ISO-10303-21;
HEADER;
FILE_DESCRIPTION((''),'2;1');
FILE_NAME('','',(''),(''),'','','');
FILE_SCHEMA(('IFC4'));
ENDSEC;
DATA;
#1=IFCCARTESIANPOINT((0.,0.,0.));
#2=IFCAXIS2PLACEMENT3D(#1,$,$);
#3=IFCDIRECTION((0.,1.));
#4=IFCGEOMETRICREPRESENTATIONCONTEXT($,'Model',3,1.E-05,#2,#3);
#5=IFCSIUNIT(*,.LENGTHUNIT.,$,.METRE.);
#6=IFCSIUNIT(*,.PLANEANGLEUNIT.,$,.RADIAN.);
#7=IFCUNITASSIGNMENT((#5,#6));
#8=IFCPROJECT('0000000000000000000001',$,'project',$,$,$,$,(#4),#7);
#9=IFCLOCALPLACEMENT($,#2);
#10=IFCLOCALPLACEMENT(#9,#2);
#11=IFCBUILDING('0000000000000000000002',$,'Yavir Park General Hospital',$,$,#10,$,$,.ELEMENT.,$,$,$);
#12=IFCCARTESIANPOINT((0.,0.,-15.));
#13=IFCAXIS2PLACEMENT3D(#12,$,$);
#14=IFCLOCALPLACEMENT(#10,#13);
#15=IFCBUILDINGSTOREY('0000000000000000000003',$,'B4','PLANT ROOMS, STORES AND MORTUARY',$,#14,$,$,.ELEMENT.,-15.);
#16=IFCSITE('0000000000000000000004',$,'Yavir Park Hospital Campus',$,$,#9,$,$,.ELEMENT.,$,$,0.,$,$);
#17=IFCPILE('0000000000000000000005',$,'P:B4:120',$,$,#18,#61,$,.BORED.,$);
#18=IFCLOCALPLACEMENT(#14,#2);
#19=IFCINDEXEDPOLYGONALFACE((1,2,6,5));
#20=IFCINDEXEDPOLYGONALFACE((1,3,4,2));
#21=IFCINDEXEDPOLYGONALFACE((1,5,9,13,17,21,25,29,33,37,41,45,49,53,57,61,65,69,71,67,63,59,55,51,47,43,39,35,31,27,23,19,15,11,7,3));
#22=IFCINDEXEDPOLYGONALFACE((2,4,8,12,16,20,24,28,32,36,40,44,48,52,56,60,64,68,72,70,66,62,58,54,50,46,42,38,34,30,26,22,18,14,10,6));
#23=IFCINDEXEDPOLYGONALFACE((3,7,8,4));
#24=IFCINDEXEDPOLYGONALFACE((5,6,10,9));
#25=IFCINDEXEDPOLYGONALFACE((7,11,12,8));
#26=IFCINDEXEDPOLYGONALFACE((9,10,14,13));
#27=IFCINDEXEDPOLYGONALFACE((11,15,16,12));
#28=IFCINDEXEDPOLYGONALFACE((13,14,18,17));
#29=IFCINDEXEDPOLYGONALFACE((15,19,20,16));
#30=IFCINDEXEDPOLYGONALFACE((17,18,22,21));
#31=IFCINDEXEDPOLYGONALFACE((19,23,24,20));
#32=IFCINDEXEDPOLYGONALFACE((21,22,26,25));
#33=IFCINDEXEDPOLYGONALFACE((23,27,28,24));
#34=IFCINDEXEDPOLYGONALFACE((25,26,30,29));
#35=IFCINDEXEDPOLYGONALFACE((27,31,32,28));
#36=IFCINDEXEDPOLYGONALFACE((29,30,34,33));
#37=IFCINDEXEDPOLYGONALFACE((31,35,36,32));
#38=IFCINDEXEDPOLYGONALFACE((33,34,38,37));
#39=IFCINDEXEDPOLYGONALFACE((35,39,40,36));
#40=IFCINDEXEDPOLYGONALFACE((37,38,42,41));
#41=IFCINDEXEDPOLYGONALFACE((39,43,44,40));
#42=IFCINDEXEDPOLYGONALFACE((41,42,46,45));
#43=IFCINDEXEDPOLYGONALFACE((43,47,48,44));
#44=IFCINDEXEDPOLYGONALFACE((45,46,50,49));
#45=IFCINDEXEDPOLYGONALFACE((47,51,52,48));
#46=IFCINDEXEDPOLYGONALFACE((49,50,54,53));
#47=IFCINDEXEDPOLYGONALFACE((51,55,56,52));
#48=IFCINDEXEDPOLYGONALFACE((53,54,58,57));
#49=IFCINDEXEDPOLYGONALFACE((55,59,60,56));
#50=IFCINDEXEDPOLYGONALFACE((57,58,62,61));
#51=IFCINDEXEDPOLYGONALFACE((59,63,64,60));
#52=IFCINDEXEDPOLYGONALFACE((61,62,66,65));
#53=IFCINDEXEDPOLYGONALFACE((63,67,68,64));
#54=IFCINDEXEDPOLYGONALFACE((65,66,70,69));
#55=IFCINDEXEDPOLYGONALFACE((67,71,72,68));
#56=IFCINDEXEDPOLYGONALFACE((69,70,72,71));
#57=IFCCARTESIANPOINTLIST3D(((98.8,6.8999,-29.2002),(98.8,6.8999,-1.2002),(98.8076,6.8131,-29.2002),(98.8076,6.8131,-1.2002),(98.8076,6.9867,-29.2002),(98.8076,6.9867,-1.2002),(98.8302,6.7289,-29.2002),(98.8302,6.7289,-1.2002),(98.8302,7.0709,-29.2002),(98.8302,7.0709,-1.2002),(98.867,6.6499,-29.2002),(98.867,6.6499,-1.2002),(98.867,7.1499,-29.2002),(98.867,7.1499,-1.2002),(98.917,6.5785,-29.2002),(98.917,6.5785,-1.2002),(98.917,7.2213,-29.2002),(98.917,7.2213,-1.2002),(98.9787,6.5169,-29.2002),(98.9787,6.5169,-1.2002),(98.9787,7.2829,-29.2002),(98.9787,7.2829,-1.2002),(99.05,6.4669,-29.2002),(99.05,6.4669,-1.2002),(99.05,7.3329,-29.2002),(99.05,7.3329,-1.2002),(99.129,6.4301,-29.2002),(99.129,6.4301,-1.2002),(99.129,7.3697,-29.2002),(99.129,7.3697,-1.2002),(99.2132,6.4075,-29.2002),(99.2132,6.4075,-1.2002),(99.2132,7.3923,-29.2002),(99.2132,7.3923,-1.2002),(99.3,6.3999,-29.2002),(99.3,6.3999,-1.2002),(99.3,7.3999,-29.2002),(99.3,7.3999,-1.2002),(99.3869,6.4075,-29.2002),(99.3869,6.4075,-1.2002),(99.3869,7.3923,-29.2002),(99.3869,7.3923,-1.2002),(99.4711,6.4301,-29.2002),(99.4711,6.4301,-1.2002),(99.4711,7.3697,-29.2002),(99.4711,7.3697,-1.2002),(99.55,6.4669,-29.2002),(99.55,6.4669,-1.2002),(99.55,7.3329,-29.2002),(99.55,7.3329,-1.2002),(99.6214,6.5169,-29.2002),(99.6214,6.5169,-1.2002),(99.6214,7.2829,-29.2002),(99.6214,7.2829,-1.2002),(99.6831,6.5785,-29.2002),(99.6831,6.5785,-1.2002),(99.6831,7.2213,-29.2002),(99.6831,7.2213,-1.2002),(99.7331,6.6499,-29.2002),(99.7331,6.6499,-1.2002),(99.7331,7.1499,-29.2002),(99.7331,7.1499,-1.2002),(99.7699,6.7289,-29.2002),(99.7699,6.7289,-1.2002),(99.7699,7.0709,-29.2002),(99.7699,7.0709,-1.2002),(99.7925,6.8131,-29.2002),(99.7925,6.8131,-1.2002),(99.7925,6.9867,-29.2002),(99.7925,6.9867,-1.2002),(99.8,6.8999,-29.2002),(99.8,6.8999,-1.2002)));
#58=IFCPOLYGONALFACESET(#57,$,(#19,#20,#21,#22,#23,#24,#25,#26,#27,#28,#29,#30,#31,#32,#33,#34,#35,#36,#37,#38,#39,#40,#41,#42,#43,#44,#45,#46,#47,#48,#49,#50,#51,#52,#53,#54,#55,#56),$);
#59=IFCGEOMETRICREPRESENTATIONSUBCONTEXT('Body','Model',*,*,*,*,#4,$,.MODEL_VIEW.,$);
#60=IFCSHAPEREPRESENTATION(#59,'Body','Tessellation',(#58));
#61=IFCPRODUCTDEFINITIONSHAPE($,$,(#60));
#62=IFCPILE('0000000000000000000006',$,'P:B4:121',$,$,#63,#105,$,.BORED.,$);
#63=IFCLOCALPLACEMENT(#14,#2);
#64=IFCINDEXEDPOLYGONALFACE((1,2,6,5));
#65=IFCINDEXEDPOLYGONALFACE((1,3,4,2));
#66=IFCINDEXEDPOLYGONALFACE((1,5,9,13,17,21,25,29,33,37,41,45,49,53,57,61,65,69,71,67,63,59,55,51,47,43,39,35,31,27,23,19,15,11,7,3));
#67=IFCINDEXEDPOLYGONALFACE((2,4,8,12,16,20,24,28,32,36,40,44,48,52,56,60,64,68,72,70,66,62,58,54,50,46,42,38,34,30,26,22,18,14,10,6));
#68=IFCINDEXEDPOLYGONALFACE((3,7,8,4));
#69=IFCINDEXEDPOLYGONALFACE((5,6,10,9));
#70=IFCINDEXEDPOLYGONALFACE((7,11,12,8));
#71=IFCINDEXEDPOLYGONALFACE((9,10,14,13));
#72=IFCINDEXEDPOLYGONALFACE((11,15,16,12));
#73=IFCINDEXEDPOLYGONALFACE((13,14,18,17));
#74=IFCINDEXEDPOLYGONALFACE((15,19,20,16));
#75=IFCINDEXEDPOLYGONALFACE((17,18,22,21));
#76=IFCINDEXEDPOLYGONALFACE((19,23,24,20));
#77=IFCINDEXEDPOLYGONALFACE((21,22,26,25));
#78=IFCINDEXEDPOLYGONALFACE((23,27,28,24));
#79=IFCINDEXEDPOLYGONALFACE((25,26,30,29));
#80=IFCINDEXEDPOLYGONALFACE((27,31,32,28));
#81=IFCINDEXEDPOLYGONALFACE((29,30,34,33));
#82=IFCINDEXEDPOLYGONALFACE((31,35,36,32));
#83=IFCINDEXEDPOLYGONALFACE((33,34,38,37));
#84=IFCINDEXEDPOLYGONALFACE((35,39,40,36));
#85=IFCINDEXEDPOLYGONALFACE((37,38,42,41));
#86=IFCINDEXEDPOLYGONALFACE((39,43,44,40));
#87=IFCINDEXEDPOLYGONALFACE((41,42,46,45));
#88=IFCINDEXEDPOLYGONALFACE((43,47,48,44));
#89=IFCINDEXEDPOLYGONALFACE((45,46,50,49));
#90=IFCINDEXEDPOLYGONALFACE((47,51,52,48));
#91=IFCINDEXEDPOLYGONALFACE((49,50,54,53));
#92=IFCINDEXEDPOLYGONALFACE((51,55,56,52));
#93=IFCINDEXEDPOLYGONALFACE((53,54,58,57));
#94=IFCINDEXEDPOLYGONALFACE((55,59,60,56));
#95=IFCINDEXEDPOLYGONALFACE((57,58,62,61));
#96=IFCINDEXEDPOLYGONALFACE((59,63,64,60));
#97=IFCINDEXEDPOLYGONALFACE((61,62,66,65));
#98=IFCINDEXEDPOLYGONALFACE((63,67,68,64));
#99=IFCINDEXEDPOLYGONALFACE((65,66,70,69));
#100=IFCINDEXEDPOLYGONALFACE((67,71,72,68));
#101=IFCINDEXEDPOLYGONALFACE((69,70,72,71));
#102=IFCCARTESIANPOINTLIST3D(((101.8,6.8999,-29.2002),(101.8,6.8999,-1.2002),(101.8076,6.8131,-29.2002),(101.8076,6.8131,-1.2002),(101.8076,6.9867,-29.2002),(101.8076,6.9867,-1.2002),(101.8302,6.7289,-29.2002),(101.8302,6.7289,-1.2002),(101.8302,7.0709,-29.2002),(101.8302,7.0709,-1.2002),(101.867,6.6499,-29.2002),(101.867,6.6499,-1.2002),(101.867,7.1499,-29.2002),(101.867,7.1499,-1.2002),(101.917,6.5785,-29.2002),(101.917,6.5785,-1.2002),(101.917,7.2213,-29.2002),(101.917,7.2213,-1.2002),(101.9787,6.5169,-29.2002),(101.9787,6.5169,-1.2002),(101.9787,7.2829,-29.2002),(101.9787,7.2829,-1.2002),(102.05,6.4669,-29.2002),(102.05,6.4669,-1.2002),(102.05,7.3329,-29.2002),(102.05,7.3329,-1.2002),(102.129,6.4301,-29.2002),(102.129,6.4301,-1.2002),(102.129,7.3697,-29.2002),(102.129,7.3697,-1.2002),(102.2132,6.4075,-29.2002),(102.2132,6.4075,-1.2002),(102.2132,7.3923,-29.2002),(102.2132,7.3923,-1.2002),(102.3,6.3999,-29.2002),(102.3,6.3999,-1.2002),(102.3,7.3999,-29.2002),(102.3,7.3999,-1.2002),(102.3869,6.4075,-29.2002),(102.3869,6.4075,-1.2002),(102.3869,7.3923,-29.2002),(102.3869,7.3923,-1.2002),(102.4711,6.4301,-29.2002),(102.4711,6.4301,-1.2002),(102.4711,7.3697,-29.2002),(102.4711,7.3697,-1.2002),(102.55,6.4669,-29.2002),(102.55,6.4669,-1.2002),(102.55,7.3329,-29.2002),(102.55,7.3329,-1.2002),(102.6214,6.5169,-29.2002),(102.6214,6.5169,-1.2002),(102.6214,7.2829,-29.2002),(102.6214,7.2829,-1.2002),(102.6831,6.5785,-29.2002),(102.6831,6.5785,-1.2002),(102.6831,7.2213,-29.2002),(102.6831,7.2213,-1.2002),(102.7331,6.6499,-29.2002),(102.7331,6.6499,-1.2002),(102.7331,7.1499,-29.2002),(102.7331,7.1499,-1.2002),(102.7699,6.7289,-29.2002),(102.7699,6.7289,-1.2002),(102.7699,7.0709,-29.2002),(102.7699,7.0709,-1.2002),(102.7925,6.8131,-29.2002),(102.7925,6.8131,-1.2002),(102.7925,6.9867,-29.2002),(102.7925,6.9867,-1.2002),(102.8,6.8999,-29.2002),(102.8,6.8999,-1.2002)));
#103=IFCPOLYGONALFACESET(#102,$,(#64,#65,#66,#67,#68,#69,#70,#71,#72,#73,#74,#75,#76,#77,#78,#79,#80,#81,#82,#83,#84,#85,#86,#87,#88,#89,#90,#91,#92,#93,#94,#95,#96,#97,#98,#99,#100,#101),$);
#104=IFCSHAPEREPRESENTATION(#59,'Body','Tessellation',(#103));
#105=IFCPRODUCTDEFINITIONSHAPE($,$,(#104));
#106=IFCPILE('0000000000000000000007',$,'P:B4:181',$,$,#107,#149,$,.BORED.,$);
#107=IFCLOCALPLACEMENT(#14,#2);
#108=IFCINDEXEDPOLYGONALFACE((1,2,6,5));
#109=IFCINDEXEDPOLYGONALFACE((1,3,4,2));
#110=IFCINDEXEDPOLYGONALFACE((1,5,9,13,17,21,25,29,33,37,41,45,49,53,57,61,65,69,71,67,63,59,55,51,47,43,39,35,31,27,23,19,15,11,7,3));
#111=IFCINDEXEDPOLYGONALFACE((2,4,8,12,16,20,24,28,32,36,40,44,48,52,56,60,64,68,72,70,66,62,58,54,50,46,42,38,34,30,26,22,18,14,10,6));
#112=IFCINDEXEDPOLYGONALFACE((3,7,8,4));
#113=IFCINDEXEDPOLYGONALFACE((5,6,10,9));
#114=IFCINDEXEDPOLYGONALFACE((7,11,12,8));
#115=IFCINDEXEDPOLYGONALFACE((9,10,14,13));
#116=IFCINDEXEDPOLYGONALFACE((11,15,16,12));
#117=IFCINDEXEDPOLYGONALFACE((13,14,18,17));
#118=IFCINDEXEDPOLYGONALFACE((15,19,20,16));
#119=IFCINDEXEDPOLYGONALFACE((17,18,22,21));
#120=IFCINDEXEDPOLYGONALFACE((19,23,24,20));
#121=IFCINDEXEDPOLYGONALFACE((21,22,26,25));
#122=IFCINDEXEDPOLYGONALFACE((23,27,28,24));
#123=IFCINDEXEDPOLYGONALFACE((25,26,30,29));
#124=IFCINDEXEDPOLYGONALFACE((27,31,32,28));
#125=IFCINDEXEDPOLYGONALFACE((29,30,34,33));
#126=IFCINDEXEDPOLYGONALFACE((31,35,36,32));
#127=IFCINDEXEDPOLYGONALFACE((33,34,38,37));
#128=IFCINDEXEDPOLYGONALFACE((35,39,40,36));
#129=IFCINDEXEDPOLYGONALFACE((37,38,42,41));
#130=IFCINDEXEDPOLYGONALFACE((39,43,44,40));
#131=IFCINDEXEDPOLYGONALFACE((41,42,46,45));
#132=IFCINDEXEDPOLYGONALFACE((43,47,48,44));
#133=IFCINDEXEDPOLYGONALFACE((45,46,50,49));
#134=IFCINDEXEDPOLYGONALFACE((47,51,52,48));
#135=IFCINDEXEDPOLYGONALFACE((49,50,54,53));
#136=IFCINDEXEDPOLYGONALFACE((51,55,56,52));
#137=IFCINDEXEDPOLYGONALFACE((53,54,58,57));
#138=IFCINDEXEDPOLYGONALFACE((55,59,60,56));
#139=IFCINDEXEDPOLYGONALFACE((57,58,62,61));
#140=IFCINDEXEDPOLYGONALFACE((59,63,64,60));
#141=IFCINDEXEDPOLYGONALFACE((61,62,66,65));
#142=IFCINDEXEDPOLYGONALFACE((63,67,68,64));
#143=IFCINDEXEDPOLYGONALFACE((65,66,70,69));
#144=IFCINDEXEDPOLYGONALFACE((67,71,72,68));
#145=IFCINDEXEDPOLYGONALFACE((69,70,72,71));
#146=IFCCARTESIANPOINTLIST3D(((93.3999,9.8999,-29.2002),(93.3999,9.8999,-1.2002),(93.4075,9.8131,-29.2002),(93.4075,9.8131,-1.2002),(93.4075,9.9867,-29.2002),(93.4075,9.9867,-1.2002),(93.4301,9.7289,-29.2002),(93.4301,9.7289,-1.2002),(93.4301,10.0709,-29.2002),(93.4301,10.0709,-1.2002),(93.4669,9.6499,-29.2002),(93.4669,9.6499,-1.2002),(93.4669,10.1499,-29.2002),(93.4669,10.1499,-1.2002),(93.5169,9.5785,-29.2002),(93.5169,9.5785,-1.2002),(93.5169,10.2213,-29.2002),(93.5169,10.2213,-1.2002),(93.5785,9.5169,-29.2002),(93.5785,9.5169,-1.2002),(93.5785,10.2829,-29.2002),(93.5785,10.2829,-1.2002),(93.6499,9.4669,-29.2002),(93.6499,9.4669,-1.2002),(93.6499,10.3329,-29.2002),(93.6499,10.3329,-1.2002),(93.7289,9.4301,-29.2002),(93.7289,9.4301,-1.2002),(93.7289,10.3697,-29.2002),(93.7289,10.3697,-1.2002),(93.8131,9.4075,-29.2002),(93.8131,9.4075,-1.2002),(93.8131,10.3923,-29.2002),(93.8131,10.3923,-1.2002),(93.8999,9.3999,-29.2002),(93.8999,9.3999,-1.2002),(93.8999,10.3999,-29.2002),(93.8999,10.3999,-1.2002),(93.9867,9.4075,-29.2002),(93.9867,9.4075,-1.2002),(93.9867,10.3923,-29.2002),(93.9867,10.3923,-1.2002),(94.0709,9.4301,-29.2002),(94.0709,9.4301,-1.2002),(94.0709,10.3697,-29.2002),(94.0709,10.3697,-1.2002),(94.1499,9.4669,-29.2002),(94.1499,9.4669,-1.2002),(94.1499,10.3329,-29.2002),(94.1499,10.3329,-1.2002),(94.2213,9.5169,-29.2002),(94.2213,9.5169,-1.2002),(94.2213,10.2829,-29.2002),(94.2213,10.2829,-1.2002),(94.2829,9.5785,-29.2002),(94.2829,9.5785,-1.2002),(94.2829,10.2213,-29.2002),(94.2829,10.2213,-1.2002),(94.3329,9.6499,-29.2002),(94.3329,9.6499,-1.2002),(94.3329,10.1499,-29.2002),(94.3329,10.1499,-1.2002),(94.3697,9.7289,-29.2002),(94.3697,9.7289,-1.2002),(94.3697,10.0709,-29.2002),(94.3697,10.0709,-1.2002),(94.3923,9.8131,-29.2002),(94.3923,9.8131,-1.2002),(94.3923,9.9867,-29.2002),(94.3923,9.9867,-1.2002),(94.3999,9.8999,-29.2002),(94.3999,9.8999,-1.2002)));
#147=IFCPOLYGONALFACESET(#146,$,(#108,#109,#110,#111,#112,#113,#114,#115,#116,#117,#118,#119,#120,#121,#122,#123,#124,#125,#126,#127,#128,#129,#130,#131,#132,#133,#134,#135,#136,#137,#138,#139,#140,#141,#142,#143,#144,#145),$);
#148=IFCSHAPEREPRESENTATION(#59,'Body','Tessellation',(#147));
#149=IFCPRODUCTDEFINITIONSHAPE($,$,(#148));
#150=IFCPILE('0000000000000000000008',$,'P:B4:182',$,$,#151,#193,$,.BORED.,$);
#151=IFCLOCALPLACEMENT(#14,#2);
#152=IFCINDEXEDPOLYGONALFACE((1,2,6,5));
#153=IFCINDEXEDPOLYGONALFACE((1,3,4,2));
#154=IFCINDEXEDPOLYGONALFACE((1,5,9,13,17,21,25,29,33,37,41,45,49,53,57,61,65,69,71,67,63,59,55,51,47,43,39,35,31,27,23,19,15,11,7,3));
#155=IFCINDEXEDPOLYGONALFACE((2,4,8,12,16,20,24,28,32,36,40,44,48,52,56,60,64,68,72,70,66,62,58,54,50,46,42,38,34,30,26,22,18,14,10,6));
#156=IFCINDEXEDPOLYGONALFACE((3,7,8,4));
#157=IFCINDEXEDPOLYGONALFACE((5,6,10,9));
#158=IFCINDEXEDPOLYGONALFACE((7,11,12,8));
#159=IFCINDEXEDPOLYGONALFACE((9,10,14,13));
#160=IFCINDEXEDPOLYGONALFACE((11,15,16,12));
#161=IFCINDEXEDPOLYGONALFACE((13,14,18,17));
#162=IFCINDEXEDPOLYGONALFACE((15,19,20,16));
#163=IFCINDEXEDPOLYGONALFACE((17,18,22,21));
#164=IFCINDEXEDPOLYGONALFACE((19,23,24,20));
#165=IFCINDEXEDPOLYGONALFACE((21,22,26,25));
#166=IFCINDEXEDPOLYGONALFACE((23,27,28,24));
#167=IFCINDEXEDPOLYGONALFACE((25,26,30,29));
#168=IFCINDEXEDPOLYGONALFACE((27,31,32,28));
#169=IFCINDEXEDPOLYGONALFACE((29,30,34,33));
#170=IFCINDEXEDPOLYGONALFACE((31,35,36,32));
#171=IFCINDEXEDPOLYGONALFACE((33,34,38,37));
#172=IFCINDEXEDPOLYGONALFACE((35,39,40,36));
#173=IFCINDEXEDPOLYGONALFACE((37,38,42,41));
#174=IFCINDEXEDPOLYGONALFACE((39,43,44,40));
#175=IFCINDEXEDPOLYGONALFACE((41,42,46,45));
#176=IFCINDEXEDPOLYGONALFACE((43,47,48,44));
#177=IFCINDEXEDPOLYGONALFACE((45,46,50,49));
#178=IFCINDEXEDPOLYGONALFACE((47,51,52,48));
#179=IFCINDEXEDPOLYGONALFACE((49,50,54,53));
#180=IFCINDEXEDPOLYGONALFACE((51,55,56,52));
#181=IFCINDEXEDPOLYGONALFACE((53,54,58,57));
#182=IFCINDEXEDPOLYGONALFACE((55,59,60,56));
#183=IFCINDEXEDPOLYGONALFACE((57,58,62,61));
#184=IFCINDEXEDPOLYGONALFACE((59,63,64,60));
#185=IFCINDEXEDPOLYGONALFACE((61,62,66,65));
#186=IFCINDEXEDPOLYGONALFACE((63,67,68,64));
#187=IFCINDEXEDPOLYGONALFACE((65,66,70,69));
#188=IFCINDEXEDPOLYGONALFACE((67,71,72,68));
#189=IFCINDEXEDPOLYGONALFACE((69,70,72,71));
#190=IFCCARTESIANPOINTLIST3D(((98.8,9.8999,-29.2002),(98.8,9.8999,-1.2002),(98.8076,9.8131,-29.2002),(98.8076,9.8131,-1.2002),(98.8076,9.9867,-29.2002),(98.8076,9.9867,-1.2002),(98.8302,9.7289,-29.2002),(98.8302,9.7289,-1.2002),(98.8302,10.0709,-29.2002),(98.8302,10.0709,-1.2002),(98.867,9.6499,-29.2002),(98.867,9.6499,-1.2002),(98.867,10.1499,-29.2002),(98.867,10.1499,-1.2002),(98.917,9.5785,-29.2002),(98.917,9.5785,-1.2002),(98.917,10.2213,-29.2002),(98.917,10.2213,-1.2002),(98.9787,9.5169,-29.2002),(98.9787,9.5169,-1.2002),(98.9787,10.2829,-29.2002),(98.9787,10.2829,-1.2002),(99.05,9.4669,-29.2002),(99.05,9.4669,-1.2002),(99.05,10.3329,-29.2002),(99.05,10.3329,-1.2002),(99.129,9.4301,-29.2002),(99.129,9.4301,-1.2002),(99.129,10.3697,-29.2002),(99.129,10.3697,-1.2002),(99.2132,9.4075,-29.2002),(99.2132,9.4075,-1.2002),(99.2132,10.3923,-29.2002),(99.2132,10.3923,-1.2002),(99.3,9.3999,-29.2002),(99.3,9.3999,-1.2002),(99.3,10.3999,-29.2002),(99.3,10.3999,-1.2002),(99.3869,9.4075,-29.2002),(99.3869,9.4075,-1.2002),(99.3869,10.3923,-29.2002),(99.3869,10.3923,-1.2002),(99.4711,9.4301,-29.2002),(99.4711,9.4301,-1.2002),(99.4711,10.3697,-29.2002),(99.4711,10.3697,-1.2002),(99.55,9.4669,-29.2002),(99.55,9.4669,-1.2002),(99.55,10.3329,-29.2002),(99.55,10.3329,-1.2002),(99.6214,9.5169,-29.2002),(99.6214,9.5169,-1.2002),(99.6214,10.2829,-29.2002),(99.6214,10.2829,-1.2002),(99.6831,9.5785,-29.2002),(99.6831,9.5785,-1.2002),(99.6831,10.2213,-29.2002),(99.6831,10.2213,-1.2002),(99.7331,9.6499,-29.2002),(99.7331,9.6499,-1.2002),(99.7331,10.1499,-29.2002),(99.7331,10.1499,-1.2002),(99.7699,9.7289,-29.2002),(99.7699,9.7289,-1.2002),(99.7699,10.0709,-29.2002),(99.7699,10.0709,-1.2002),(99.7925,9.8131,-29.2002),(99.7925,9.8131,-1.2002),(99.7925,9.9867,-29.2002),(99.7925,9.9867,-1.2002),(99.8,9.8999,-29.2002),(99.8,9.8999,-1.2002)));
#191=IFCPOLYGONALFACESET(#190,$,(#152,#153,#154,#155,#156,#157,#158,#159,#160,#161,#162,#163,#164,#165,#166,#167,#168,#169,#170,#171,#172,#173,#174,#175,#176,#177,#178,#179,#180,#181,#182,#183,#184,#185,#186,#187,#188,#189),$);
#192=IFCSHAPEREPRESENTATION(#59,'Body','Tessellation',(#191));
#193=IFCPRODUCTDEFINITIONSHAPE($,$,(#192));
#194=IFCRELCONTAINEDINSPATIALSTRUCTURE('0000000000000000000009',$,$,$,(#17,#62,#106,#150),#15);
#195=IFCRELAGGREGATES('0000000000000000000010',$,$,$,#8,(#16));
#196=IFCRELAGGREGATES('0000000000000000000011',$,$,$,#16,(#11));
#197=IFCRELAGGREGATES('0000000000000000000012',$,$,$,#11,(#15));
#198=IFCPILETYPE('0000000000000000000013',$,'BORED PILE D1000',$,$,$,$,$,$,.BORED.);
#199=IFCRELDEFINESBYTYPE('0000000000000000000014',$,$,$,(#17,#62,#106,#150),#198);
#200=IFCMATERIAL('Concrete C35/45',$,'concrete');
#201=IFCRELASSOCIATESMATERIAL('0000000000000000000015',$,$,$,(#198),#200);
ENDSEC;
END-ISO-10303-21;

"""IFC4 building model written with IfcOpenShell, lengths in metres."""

from ifc_helpers import new_model, si_unit, direction, frame, origin, origin_2d, place, context, subcontext, project, spatial, circle, extrude, material, material_profile, profile_set, type_object, element, save


model = new_model("IFC4")

# Units and contexts
model_context = context("Model", 3, precision=1e-05, world=origin(), true_north=direction((0.0, 1.0)))
body_context = subcontext(model_context, "Body", "Model", "MODEL_VIEW")
ifc_project = project(units=[si_unit("LENGTHUNIT", "METRE"), si_unit("PLANEANGLEUNIT", "RADIAN")], contexts=[model_context])

# Site, building, storey
site_placement = place(None, origin())
site = spatial("IfcSite", under=ifc_project, at=site_placement, Name="Yavir Park Hospital Campus", CompositionType="ELEMENT", RefElevation=0.0)
building_placement = place(site_placement, origin())
building = spatial("IfcBuilding", under=site, at=building_placement, Name="Yavir Park General Hospital", CompositionType="ELEMENT")
storey_placement = place(building_placement, frame((0.0, 0.0, -15.0)))
storey = spatial("IfcBuildingStorey", under=building, at=storey_placement, Name="B4", Description="PLANT ROOMS, STORES AND MORTUARY", CompositionType="ELEMENT", Elevation=-15.0)

# Piles
ifc_material_1 = material(Name="Concrete C35/45", Category="concrete")
ifc_material_profile_1 = material_profile(ifc_material_1, circle(Radius=0.5, at=origin_2d()), Name="D1000")
ifc_profile_set_1 = profile_set([ifc_material_profile_1], Name="Concrete C35/45")
pile_type_1 = type_object("IfcPileType", Name="BORED PILE D1000", PredefinedType="BORED", material=ifc_profile_set_1)
for number, where, z_axis, x_axis, name in (
    (1, (99.3, 6.8999, -1.2002), (0.0, 0.0, -1.0), (1.0, 0.0, 0.0), "P:B4:120"),
    (2, (102.3, 6.8999, -1.2002), (0.0, 0.0, -1.0), (1.0, 0.0, 0.0), "P:B4:121"),
    (3, (93.8999, 9.8999, -1.2002), (0.0, 0.0, -1.0), (1.0, 0.0, 0.0), "P:B4:181"),
    (4, (99.3, 9.8999, -1.2002), (0.0, 0.0, -1.0), (1.0, 0.0, 0.0), "P:B4:182"),
):
    element("IfcPile", number, at=place(storey_placement, frame(where, z_axis=z_axis, x_axis=x_axis)), inside=storey, type_object=pile_type_1, Name=name, PredefinedType="BORED", context=body_context, shape_type="SweptSolid", body=[
        extrude(circle(Radius=0.5, at=origin_2d()), origin(), (0.0, 0.0, 1.0), 28.0),
    ])

save(model, "model.ifc")
